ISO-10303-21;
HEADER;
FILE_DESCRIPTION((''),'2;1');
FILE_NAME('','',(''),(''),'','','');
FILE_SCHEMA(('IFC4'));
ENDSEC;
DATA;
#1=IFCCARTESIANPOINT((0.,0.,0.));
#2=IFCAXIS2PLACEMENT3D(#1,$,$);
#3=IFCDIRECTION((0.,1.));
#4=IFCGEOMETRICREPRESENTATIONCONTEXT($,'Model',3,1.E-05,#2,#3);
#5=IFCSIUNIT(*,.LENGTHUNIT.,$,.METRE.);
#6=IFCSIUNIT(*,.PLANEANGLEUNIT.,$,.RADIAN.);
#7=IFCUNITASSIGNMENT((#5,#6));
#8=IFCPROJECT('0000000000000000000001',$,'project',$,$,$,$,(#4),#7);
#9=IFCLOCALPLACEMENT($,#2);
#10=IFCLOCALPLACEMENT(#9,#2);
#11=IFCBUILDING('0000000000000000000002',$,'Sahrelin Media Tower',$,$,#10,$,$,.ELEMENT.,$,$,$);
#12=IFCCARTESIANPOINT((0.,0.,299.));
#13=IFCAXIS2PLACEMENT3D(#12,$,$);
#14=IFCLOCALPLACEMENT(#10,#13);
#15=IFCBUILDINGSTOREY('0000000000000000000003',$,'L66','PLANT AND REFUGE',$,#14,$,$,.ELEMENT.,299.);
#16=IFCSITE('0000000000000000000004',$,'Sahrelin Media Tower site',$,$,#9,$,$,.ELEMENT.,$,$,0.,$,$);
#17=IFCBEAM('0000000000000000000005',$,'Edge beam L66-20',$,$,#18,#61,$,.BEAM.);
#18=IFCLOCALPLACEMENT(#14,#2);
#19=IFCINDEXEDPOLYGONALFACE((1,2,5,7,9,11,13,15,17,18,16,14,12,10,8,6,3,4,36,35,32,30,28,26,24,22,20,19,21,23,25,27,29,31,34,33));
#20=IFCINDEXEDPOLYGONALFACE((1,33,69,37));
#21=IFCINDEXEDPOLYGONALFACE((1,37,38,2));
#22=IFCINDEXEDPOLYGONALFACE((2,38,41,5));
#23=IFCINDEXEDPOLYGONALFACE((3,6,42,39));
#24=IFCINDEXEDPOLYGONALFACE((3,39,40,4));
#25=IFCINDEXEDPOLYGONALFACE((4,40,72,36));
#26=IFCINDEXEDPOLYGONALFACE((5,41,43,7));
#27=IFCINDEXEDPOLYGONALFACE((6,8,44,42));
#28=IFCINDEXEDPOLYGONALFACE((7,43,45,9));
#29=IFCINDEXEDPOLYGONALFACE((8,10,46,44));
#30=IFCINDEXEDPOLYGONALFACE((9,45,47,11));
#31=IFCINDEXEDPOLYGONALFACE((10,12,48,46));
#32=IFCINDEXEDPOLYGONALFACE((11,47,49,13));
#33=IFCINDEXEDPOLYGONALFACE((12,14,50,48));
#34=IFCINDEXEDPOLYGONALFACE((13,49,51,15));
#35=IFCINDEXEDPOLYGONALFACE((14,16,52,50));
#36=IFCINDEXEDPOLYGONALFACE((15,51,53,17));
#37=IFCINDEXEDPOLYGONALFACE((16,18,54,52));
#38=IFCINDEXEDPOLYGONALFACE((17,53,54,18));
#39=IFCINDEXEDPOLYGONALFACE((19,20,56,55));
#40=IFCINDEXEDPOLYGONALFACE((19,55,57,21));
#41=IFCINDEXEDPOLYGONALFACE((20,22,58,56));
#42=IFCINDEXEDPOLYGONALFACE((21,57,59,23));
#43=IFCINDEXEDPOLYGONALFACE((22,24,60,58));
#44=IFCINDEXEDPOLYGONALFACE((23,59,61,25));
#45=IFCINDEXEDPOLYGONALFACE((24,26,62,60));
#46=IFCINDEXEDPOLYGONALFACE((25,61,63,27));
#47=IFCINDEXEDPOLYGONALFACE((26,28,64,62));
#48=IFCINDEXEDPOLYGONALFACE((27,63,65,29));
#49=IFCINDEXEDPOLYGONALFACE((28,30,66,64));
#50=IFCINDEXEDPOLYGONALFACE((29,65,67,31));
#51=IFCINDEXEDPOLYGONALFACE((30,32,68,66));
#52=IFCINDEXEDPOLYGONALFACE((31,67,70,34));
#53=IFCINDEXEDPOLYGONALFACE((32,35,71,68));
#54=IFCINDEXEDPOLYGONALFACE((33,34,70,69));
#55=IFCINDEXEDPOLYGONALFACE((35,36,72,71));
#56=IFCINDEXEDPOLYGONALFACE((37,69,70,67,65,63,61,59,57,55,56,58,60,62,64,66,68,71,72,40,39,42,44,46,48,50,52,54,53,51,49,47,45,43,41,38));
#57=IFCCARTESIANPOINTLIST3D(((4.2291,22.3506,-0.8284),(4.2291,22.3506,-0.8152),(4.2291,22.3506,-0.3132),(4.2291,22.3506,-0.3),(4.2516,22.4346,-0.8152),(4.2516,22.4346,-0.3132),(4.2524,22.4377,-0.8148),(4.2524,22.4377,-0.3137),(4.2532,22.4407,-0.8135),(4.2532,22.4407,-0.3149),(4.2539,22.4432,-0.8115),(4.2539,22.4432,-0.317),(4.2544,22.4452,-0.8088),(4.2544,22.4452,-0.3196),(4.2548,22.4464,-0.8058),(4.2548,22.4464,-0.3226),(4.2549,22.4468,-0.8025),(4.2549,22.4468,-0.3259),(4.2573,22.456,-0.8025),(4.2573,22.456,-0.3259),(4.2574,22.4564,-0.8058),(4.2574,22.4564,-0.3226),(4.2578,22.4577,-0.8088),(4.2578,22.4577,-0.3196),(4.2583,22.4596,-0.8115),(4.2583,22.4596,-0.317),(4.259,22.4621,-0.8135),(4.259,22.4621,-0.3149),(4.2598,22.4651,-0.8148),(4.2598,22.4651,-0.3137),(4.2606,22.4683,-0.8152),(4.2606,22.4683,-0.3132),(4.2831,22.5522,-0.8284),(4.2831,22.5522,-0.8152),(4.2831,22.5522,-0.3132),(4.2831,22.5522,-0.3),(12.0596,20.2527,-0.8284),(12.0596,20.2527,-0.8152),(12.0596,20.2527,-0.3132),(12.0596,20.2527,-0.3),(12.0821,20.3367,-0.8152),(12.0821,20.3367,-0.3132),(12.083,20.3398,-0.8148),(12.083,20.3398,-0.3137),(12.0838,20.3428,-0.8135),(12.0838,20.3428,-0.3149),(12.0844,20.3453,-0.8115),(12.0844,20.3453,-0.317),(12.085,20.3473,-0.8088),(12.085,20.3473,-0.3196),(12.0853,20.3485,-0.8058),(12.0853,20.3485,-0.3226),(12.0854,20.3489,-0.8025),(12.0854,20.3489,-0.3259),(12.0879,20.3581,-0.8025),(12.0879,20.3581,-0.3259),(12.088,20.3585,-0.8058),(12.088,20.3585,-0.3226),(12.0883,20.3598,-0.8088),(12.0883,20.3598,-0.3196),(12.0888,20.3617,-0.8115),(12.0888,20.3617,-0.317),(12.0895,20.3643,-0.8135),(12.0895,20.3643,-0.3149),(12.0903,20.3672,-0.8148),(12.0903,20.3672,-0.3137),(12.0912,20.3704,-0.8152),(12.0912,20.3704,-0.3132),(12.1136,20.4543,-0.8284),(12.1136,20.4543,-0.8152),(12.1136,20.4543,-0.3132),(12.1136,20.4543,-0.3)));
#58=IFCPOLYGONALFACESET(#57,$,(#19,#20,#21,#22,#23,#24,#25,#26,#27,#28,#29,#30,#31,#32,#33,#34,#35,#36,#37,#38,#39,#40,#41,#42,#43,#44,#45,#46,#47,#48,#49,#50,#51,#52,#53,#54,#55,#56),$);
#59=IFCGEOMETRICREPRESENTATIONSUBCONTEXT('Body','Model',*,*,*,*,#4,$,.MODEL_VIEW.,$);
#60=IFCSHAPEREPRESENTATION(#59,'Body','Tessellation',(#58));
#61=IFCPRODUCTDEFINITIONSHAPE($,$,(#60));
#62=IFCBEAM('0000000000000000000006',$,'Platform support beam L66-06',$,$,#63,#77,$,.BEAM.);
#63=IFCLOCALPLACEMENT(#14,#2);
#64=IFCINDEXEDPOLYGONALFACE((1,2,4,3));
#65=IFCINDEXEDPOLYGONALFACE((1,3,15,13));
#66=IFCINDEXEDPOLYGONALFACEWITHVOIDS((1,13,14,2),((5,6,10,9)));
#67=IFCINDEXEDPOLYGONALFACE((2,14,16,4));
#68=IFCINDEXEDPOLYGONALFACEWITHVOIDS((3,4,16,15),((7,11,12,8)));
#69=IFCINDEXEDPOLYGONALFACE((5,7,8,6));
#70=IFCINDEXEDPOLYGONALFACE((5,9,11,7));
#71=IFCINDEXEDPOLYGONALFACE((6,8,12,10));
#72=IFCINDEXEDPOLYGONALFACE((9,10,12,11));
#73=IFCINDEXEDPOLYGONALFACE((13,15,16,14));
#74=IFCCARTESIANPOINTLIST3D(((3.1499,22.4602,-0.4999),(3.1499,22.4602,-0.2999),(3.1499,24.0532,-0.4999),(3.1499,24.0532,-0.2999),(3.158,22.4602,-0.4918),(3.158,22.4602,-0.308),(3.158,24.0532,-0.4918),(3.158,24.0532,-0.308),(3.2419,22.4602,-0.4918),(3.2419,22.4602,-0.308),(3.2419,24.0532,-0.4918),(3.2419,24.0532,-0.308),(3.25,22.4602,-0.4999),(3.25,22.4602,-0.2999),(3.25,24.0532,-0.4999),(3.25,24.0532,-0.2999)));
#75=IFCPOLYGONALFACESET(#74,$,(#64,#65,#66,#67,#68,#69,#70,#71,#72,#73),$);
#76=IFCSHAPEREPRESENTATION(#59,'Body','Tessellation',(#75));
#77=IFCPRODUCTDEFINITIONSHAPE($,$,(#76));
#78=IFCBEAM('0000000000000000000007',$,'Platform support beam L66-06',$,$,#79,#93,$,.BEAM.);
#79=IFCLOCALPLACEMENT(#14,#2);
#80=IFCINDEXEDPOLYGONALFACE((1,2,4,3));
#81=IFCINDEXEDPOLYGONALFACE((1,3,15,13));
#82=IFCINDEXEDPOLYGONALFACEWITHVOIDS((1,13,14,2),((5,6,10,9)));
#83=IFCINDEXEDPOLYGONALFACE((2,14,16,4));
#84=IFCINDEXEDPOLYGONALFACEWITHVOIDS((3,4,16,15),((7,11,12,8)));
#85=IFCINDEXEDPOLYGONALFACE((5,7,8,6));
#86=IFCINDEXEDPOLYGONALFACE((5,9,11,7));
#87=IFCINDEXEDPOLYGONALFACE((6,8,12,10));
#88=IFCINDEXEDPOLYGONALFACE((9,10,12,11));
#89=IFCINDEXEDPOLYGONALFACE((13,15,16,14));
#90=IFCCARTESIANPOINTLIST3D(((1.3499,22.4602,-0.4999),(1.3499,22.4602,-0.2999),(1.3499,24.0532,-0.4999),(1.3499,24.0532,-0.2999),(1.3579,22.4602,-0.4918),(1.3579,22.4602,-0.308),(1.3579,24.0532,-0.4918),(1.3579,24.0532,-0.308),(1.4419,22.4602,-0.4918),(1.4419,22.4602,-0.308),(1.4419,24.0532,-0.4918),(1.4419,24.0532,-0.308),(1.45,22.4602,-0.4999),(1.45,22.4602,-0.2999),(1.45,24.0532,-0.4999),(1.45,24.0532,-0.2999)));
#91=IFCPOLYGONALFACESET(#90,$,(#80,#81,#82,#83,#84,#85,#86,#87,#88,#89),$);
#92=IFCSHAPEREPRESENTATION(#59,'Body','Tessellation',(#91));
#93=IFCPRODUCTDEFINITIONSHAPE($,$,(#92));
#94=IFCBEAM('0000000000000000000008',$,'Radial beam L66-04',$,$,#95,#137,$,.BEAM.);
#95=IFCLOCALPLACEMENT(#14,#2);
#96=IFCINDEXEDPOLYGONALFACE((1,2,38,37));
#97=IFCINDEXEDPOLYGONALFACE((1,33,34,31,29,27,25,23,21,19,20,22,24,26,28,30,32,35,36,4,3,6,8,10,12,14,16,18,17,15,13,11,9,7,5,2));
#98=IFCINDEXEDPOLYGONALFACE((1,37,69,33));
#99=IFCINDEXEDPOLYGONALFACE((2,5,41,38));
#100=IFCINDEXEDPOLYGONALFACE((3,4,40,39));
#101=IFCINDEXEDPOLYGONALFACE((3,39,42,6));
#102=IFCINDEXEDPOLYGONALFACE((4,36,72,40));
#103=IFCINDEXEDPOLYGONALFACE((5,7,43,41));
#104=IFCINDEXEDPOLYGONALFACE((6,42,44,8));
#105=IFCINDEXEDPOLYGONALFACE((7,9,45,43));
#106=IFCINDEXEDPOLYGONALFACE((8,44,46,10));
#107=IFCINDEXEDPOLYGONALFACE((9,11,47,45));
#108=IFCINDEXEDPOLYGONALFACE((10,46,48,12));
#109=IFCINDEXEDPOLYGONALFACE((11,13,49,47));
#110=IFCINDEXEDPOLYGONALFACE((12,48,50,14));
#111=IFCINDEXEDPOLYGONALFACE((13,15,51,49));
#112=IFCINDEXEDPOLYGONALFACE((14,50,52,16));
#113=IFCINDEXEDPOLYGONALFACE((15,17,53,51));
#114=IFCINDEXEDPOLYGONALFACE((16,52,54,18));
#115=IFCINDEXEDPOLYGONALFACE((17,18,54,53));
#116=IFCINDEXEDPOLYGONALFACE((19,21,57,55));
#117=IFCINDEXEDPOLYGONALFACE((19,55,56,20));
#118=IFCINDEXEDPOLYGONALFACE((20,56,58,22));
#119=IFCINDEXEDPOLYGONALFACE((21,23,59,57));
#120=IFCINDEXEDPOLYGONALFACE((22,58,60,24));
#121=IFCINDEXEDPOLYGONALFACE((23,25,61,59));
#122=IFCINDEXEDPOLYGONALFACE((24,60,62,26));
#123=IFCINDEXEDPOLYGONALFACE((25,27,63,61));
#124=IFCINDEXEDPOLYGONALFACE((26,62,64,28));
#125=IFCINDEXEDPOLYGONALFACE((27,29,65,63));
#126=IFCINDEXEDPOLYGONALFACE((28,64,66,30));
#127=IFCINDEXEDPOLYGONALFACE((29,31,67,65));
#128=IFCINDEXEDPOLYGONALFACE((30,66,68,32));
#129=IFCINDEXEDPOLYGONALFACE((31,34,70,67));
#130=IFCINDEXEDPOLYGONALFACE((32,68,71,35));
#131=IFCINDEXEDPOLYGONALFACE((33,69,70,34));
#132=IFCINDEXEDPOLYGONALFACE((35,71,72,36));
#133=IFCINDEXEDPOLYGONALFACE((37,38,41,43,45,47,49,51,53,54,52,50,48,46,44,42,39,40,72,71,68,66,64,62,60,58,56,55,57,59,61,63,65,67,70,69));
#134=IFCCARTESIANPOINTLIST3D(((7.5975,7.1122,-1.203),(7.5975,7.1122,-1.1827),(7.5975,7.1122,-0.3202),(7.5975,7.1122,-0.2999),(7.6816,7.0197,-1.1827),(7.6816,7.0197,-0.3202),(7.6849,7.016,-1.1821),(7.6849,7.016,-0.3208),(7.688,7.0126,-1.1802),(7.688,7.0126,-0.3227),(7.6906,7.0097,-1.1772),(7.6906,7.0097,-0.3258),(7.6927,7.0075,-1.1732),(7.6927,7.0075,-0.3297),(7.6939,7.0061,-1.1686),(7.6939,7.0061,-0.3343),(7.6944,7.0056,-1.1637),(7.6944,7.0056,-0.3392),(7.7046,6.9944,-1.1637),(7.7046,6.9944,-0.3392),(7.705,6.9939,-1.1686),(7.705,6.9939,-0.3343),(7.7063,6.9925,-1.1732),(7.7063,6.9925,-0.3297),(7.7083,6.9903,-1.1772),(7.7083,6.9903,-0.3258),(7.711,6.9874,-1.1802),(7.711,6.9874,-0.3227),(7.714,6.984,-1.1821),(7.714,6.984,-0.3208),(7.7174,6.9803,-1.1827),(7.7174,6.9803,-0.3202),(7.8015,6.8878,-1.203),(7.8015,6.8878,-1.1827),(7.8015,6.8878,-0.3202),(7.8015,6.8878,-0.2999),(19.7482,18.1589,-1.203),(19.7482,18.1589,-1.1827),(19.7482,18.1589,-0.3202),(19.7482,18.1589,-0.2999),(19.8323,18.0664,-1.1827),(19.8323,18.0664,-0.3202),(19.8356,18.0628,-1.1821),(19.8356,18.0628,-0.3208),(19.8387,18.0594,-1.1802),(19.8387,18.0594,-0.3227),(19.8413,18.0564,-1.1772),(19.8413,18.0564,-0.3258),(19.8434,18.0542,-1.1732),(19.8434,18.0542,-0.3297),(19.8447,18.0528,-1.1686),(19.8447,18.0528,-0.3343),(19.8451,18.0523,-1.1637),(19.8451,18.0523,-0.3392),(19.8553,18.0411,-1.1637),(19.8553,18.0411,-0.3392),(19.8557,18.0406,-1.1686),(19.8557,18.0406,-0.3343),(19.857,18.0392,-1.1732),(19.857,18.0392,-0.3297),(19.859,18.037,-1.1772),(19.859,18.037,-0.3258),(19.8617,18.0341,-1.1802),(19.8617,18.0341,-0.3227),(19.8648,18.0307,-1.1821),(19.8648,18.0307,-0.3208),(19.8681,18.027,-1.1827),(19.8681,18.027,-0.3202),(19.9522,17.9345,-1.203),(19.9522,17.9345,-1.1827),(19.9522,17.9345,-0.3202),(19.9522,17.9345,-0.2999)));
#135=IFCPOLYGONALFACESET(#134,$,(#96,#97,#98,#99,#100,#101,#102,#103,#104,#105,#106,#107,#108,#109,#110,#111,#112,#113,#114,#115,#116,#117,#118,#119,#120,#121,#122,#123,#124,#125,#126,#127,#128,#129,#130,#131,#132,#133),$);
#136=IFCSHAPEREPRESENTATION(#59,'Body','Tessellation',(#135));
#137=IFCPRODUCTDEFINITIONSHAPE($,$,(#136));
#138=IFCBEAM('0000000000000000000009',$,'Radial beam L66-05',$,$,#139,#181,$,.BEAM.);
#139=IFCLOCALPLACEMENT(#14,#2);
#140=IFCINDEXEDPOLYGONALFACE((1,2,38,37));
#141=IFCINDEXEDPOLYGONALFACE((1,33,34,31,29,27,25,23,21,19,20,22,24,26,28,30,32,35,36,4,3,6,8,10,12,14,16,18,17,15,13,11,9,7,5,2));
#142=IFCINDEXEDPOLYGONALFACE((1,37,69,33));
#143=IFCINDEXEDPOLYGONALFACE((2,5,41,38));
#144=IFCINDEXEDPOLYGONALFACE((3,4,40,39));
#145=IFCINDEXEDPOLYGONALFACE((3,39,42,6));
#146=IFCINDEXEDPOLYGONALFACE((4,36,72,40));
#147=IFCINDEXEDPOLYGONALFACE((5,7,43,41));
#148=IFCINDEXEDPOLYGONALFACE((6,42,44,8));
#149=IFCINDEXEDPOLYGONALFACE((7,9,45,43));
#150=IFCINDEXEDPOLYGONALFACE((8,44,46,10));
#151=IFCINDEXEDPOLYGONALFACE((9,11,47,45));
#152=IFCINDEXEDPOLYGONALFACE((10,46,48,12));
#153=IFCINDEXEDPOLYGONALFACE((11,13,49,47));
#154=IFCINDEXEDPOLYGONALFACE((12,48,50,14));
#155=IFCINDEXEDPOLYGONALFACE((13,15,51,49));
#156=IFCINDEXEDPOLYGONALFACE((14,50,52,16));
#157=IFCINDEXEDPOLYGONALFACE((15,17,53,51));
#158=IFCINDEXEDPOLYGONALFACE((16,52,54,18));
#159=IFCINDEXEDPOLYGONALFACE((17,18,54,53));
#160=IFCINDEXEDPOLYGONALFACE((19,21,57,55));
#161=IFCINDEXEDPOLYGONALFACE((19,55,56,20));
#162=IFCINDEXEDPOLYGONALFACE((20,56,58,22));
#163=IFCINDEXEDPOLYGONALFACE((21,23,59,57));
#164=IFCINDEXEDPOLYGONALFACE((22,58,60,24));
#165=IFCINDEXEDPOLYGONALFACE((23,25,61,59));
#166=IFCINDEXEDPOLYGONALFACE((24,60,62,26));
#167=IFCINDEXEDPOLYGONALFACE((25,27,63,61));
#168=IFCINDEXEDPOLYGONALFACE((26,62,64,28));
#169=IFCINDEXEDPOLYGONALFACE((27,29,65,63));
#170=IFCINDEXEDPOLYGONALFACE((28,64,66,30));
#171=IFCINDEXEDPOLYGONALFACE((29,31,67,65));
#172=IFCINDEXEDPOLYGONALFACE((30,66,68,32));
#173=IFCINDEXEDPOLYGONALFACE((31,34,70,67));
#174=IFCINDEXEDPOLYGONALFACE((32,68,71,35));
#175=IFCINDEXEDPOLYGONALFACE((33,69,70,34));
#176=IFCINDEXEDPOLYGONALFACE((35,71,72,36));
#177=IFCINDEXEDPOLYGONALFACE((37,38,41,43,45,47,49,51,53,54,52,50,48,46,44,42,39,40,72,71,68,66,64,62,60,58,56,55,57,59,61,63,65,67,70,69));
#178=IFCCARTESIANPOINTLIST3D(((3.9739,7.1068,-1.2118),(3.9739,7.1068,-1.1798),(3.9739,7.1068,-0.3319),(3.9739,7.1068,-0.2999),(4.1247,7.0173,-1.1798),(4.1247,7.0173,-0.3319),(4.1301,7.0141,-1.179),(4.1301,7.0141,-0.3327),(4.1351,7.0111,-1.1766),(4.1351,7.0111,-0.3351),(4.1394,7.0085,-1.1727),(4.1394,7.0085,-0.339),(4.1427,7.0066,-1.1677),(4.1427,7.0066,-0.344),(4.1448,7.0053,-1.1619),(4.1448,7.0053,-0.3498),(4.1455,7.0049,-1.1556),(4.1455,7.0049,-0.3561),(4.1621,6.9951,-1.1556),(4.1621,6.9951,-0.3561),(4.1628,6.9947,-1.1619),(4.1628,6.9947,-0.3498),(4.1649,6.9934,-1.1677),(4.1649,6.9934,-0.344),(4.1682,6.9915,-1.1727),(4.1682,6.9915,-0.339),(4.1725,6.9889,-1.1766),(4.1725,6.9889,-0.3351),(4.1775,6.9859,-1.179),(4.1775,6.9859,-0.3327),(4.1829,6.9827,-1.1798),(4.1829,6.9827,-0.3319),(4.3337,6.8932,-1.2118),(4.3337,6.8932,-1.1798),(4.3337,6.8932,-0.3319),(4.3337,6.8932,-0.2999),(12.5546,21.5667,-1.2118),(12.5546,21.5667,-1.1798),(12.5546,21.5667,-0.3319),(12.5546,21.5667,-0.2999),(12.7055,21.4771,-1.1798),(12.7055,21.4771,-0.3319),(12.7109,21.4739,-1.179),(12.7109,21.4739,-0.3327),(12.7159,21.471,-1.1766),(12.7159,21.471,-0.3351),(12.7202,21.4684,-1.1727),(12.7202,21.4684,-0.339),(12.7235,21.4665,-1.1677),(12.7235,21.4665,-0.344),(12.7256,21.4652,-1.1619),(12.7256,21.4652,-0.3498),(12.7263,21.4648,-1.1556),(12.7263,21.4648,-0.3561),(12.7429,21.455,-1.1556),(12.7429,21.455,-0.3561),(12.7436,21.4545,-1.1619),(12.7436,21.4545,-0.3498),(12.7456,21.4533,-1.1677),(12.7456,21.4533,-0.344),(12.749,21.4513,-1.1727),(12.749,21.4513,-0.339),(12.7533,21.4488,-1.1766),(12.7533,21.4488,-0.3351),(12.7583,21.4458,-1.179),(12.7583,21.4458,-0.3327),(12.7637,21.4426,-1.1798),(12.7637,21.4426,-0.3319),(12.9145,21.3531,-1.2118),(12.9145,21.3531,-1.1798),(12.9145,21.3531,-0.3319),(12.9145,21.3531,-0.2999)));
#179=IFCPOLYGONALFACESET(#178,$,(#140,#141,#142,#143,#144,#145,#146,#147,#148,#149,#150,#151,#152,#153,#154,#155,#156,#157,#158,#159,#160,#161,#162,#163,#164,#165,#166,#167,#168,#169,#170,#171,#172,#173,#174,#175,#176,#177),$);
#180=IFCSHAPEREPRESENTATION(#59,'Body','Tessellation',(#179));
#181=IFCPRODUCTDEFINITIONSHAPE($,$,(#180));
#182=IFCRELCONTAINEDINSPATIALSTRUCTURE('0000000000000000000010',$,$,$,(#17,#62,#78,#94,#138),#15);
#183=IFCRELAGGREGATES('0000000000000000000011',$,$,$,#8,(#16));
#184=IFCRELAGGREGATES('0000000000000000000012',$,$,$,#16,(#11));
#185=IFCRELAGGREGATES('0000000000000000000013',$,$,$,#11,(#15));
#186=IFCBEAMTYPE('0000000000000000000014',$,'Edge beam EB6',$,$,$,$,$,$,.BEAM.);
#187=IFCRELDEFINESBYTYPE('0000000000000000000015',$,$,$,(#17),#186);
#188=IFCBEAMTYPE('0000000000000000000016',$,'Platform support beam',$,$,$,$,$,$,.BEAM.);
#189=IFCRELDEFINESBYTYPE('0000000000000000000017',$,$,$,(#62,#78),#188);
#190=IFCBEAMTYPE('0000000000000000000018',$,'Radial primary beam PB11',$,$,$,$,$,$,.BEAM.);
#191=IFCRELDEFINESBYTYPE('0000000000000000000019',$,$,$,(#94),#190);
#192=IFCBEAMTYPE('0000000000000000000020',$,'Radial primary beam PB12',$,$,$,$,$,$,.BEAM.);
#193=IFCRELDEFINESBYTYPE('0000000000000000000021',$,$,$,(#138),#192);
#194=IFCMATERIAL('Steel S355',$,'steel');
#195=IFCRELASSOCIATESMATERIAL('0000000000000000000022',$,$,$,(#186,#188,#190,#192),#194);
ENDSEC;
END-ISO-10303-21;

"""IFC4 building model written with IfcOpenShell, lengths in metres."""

from ifc_helpers import new_model, si_unit, direction, frame, origin, origin_2d, place, context, subcontext, project, spatial, hollow_rectangle, i_section, extrude, material, material_profile, profile_set, type_object, element, save


model = new_model("IFC4")

# Units and contexts
model_context = context("Model", 3, precision=1e-05, world=origin(), true_north=direction((0.0, 1.0)))
body_context = subcontext(model_context, "Body", "Model", "MODEL_VIEW")
ifc_project = project(units=[si_unit("LENGTHUNIT", "METRE"), si_unit("PLANEANGLEUNIT", "RADIAN")], contexts=[model_context])

# Site, building, storey
site_placement = place(None, origin())
site = spatial("IfcSite", under=ifc_project, at=site_placement, Name="Sahrelin Media Tower site", CompositionType="ELEMENT", RefElevation=0.0)
building_placement = place(site_placement, origin())
building = spatial("IfcBuilding", under=site, at=building_placement, Name="Sahrelin Media Tower", CompositionType="ELEMENT")
storey_placement = place(building_placement, frame((0.0, 0.0, 299.0)))
storey = spatial("IfcBuildingStorey", under=building, at=storey_placement, Name="L66", Description="PLANT AND REFUGE", CompositionType="ELEMENT", Elevation=299.0)

# Beams
ifc_material_1 = material(Name="Steel S355", Category="steel")
ifc_material_profile_1 = material_profile(ifc_material_1, i_section(OverallWidth=0.2087, OverallDepth=0.5283, WebThickness=0.0095, FlangeThickness=0.0132, FilletRadius=0.0127, at=origin_2d()), Name="UB 533x210x82")
ifc_profile_set_1 = profile_set([ifc_material_profile_1], Name="Steel S355")
beam_type_1 = type_object("IfcBeamType", Name="Edge beam EB6", PredefinedType="BEAM", material=ifc_profile_set_1)
beam_1_placement = place(storey_placement, frame((4.2561, 22.4514, -0.5642), z_axis=(0.965935, -0.258785, 0.0), x_axis=(0.258785, 0.965935, 0.0)))
element("IfcBeam", 1, at=beam_1_placement, inside=storey, type_object=beam_type_1, Name="Edge beam L66-20", PredefinedType="BEAM", context=body_context, shape_type="SweptSolid", body=[
    extrude(i_section(OverallWidth=0.2087, OverallDepth=0.5283, WebThickness=0.0095, FlangeThickness=0.0132, FilletRadius=0.0127, at=origin_2d()), origin(), (0.0, 0.0, 1.0), 8.1067),
])
ifc_material_profile_2 = material_profile(ifc_material_1, hollow_rectangle(XDim=0.1001, YDim=0.2, WallThickness=0.0081, at=origin_2d()), Name="RHS 200x100x8")
ifc_profile_set_2 = profile_set([ifc_material_profile_2], Name="Steel S355")
beam_type_2 = type_object("IfcBeamType", Name="Platform support beam", PredefinedType="BEAM", material=ifc_profile_set_2)
for number, where, z_axis, x_axis, name in (
    (2, (3.2, 22.4602, -0.3999), (0.0, 1.0, 0.0), (-1.0, 0.0, 0.0), "Platform support beam L66-06"),
    (3, (1.3999, 22.4602, -0.3999), (0.0, 1.0, 0.0), (-1.0, 0.0, 0.0), "Platform support beam L66-06"),
):
    element("IfcBeam", number, at=place(storey_placement, frame(where, z_axis=z_axis, x_axis=x_axis)), inside=storey, type_object=beam_type_2, Name=name, PredefinedType="BEAM", context=body_context, shape_type="SweptSolid", body=[
        extrude(hollow_rectangle(XDim=0.1001, YDim=0.2, WallThickness=0.0081, at=origin_2d()), origin(), (0.0, 0.0, 1.0), 1.593),
    ])
ifc_material_profile_3 = material_profile(ifc_material_1, i_section(OverallWidth=0.3032, OverallDepth=0.9031, WebThickness=0.0151, FlangeThickness=0.0203, FilletRadius=0.019, at=origin_2d()), Name="UB 914x305x201")
ifc_profile_set_3 = profile_set([ifc_material_profile_3], Name="Steel S355")
beam_type_3 = type_object("IfcBeamType", Name="Radial primary beam PB11", PredefinedType="BEAM", material=ifc_profile_set_3)
beam_2_placement = place(storey_placement, frame((7.6995, 7.0, -0.7515), z_axis=(0.739922, 0.672693, 0.0), x_axis=(-0.672693, 0.739922, 0.0)))
element("IfcBeam", 4, at=beam_2_placement, inside=storey, type_object=beam_type_3, Name="Radial beam L66-04", PredefinedType="BEAM", context=body_context, shape_type="SweptSolid", body=[
    extrude(i_section(OverallWidth=0.3032, OverallDepth=0.9031, WebThickness=0.0151, FlangeThickness=0.0203, FilletRadius=0.019, at=origin_2d()), origin(), (0.0, 0.0, 1.0), 16.4216),
])
ifc_material_profile_4 = material_profile(ifc_material_1, i_section(OverallWidth=0.4185, OverallDepth=0.9119, WebThickness=0.0193, FlangeThickness=0.032, FilletRadius=0.0242, at=origin_2d()), Name="UB 914x419x343")
ifc_profile_set_4 = profile_set([ifc_material_profile_4], Name="Steel S355")
beam_type_4 = type_object("IfcBeamType", Name="Radial primary beam PB12", PredefinedType="BEAM", material=ifc_profile_set_4)
beam_3_placement = place(storey_placement, frame((4.1538, 7.0, -0.7559), z_axis=(0.510328, 0.85998, 0.0), x_axis=(-0.85998, 0.510328, 0.0)))
element("IfcBeam", 5, at=beam_3_placement, inside=storey, type_object=beam_type_4, Name="Radial beam L66-05", PredefinedType="BEAM", context=body_context, shape_type="SweptSolid", body=[
    extrude(i_section(OverallWidth=0.4185, OverallDepth=0.9119, WebThickness=0.0193, FlangeThickness=0.032, FilletRadius=0.0242, at=origin_2d()), origin(), (0.0, 0.0, 1.0), 16.8142),
])

save(model, "model.ifc")
